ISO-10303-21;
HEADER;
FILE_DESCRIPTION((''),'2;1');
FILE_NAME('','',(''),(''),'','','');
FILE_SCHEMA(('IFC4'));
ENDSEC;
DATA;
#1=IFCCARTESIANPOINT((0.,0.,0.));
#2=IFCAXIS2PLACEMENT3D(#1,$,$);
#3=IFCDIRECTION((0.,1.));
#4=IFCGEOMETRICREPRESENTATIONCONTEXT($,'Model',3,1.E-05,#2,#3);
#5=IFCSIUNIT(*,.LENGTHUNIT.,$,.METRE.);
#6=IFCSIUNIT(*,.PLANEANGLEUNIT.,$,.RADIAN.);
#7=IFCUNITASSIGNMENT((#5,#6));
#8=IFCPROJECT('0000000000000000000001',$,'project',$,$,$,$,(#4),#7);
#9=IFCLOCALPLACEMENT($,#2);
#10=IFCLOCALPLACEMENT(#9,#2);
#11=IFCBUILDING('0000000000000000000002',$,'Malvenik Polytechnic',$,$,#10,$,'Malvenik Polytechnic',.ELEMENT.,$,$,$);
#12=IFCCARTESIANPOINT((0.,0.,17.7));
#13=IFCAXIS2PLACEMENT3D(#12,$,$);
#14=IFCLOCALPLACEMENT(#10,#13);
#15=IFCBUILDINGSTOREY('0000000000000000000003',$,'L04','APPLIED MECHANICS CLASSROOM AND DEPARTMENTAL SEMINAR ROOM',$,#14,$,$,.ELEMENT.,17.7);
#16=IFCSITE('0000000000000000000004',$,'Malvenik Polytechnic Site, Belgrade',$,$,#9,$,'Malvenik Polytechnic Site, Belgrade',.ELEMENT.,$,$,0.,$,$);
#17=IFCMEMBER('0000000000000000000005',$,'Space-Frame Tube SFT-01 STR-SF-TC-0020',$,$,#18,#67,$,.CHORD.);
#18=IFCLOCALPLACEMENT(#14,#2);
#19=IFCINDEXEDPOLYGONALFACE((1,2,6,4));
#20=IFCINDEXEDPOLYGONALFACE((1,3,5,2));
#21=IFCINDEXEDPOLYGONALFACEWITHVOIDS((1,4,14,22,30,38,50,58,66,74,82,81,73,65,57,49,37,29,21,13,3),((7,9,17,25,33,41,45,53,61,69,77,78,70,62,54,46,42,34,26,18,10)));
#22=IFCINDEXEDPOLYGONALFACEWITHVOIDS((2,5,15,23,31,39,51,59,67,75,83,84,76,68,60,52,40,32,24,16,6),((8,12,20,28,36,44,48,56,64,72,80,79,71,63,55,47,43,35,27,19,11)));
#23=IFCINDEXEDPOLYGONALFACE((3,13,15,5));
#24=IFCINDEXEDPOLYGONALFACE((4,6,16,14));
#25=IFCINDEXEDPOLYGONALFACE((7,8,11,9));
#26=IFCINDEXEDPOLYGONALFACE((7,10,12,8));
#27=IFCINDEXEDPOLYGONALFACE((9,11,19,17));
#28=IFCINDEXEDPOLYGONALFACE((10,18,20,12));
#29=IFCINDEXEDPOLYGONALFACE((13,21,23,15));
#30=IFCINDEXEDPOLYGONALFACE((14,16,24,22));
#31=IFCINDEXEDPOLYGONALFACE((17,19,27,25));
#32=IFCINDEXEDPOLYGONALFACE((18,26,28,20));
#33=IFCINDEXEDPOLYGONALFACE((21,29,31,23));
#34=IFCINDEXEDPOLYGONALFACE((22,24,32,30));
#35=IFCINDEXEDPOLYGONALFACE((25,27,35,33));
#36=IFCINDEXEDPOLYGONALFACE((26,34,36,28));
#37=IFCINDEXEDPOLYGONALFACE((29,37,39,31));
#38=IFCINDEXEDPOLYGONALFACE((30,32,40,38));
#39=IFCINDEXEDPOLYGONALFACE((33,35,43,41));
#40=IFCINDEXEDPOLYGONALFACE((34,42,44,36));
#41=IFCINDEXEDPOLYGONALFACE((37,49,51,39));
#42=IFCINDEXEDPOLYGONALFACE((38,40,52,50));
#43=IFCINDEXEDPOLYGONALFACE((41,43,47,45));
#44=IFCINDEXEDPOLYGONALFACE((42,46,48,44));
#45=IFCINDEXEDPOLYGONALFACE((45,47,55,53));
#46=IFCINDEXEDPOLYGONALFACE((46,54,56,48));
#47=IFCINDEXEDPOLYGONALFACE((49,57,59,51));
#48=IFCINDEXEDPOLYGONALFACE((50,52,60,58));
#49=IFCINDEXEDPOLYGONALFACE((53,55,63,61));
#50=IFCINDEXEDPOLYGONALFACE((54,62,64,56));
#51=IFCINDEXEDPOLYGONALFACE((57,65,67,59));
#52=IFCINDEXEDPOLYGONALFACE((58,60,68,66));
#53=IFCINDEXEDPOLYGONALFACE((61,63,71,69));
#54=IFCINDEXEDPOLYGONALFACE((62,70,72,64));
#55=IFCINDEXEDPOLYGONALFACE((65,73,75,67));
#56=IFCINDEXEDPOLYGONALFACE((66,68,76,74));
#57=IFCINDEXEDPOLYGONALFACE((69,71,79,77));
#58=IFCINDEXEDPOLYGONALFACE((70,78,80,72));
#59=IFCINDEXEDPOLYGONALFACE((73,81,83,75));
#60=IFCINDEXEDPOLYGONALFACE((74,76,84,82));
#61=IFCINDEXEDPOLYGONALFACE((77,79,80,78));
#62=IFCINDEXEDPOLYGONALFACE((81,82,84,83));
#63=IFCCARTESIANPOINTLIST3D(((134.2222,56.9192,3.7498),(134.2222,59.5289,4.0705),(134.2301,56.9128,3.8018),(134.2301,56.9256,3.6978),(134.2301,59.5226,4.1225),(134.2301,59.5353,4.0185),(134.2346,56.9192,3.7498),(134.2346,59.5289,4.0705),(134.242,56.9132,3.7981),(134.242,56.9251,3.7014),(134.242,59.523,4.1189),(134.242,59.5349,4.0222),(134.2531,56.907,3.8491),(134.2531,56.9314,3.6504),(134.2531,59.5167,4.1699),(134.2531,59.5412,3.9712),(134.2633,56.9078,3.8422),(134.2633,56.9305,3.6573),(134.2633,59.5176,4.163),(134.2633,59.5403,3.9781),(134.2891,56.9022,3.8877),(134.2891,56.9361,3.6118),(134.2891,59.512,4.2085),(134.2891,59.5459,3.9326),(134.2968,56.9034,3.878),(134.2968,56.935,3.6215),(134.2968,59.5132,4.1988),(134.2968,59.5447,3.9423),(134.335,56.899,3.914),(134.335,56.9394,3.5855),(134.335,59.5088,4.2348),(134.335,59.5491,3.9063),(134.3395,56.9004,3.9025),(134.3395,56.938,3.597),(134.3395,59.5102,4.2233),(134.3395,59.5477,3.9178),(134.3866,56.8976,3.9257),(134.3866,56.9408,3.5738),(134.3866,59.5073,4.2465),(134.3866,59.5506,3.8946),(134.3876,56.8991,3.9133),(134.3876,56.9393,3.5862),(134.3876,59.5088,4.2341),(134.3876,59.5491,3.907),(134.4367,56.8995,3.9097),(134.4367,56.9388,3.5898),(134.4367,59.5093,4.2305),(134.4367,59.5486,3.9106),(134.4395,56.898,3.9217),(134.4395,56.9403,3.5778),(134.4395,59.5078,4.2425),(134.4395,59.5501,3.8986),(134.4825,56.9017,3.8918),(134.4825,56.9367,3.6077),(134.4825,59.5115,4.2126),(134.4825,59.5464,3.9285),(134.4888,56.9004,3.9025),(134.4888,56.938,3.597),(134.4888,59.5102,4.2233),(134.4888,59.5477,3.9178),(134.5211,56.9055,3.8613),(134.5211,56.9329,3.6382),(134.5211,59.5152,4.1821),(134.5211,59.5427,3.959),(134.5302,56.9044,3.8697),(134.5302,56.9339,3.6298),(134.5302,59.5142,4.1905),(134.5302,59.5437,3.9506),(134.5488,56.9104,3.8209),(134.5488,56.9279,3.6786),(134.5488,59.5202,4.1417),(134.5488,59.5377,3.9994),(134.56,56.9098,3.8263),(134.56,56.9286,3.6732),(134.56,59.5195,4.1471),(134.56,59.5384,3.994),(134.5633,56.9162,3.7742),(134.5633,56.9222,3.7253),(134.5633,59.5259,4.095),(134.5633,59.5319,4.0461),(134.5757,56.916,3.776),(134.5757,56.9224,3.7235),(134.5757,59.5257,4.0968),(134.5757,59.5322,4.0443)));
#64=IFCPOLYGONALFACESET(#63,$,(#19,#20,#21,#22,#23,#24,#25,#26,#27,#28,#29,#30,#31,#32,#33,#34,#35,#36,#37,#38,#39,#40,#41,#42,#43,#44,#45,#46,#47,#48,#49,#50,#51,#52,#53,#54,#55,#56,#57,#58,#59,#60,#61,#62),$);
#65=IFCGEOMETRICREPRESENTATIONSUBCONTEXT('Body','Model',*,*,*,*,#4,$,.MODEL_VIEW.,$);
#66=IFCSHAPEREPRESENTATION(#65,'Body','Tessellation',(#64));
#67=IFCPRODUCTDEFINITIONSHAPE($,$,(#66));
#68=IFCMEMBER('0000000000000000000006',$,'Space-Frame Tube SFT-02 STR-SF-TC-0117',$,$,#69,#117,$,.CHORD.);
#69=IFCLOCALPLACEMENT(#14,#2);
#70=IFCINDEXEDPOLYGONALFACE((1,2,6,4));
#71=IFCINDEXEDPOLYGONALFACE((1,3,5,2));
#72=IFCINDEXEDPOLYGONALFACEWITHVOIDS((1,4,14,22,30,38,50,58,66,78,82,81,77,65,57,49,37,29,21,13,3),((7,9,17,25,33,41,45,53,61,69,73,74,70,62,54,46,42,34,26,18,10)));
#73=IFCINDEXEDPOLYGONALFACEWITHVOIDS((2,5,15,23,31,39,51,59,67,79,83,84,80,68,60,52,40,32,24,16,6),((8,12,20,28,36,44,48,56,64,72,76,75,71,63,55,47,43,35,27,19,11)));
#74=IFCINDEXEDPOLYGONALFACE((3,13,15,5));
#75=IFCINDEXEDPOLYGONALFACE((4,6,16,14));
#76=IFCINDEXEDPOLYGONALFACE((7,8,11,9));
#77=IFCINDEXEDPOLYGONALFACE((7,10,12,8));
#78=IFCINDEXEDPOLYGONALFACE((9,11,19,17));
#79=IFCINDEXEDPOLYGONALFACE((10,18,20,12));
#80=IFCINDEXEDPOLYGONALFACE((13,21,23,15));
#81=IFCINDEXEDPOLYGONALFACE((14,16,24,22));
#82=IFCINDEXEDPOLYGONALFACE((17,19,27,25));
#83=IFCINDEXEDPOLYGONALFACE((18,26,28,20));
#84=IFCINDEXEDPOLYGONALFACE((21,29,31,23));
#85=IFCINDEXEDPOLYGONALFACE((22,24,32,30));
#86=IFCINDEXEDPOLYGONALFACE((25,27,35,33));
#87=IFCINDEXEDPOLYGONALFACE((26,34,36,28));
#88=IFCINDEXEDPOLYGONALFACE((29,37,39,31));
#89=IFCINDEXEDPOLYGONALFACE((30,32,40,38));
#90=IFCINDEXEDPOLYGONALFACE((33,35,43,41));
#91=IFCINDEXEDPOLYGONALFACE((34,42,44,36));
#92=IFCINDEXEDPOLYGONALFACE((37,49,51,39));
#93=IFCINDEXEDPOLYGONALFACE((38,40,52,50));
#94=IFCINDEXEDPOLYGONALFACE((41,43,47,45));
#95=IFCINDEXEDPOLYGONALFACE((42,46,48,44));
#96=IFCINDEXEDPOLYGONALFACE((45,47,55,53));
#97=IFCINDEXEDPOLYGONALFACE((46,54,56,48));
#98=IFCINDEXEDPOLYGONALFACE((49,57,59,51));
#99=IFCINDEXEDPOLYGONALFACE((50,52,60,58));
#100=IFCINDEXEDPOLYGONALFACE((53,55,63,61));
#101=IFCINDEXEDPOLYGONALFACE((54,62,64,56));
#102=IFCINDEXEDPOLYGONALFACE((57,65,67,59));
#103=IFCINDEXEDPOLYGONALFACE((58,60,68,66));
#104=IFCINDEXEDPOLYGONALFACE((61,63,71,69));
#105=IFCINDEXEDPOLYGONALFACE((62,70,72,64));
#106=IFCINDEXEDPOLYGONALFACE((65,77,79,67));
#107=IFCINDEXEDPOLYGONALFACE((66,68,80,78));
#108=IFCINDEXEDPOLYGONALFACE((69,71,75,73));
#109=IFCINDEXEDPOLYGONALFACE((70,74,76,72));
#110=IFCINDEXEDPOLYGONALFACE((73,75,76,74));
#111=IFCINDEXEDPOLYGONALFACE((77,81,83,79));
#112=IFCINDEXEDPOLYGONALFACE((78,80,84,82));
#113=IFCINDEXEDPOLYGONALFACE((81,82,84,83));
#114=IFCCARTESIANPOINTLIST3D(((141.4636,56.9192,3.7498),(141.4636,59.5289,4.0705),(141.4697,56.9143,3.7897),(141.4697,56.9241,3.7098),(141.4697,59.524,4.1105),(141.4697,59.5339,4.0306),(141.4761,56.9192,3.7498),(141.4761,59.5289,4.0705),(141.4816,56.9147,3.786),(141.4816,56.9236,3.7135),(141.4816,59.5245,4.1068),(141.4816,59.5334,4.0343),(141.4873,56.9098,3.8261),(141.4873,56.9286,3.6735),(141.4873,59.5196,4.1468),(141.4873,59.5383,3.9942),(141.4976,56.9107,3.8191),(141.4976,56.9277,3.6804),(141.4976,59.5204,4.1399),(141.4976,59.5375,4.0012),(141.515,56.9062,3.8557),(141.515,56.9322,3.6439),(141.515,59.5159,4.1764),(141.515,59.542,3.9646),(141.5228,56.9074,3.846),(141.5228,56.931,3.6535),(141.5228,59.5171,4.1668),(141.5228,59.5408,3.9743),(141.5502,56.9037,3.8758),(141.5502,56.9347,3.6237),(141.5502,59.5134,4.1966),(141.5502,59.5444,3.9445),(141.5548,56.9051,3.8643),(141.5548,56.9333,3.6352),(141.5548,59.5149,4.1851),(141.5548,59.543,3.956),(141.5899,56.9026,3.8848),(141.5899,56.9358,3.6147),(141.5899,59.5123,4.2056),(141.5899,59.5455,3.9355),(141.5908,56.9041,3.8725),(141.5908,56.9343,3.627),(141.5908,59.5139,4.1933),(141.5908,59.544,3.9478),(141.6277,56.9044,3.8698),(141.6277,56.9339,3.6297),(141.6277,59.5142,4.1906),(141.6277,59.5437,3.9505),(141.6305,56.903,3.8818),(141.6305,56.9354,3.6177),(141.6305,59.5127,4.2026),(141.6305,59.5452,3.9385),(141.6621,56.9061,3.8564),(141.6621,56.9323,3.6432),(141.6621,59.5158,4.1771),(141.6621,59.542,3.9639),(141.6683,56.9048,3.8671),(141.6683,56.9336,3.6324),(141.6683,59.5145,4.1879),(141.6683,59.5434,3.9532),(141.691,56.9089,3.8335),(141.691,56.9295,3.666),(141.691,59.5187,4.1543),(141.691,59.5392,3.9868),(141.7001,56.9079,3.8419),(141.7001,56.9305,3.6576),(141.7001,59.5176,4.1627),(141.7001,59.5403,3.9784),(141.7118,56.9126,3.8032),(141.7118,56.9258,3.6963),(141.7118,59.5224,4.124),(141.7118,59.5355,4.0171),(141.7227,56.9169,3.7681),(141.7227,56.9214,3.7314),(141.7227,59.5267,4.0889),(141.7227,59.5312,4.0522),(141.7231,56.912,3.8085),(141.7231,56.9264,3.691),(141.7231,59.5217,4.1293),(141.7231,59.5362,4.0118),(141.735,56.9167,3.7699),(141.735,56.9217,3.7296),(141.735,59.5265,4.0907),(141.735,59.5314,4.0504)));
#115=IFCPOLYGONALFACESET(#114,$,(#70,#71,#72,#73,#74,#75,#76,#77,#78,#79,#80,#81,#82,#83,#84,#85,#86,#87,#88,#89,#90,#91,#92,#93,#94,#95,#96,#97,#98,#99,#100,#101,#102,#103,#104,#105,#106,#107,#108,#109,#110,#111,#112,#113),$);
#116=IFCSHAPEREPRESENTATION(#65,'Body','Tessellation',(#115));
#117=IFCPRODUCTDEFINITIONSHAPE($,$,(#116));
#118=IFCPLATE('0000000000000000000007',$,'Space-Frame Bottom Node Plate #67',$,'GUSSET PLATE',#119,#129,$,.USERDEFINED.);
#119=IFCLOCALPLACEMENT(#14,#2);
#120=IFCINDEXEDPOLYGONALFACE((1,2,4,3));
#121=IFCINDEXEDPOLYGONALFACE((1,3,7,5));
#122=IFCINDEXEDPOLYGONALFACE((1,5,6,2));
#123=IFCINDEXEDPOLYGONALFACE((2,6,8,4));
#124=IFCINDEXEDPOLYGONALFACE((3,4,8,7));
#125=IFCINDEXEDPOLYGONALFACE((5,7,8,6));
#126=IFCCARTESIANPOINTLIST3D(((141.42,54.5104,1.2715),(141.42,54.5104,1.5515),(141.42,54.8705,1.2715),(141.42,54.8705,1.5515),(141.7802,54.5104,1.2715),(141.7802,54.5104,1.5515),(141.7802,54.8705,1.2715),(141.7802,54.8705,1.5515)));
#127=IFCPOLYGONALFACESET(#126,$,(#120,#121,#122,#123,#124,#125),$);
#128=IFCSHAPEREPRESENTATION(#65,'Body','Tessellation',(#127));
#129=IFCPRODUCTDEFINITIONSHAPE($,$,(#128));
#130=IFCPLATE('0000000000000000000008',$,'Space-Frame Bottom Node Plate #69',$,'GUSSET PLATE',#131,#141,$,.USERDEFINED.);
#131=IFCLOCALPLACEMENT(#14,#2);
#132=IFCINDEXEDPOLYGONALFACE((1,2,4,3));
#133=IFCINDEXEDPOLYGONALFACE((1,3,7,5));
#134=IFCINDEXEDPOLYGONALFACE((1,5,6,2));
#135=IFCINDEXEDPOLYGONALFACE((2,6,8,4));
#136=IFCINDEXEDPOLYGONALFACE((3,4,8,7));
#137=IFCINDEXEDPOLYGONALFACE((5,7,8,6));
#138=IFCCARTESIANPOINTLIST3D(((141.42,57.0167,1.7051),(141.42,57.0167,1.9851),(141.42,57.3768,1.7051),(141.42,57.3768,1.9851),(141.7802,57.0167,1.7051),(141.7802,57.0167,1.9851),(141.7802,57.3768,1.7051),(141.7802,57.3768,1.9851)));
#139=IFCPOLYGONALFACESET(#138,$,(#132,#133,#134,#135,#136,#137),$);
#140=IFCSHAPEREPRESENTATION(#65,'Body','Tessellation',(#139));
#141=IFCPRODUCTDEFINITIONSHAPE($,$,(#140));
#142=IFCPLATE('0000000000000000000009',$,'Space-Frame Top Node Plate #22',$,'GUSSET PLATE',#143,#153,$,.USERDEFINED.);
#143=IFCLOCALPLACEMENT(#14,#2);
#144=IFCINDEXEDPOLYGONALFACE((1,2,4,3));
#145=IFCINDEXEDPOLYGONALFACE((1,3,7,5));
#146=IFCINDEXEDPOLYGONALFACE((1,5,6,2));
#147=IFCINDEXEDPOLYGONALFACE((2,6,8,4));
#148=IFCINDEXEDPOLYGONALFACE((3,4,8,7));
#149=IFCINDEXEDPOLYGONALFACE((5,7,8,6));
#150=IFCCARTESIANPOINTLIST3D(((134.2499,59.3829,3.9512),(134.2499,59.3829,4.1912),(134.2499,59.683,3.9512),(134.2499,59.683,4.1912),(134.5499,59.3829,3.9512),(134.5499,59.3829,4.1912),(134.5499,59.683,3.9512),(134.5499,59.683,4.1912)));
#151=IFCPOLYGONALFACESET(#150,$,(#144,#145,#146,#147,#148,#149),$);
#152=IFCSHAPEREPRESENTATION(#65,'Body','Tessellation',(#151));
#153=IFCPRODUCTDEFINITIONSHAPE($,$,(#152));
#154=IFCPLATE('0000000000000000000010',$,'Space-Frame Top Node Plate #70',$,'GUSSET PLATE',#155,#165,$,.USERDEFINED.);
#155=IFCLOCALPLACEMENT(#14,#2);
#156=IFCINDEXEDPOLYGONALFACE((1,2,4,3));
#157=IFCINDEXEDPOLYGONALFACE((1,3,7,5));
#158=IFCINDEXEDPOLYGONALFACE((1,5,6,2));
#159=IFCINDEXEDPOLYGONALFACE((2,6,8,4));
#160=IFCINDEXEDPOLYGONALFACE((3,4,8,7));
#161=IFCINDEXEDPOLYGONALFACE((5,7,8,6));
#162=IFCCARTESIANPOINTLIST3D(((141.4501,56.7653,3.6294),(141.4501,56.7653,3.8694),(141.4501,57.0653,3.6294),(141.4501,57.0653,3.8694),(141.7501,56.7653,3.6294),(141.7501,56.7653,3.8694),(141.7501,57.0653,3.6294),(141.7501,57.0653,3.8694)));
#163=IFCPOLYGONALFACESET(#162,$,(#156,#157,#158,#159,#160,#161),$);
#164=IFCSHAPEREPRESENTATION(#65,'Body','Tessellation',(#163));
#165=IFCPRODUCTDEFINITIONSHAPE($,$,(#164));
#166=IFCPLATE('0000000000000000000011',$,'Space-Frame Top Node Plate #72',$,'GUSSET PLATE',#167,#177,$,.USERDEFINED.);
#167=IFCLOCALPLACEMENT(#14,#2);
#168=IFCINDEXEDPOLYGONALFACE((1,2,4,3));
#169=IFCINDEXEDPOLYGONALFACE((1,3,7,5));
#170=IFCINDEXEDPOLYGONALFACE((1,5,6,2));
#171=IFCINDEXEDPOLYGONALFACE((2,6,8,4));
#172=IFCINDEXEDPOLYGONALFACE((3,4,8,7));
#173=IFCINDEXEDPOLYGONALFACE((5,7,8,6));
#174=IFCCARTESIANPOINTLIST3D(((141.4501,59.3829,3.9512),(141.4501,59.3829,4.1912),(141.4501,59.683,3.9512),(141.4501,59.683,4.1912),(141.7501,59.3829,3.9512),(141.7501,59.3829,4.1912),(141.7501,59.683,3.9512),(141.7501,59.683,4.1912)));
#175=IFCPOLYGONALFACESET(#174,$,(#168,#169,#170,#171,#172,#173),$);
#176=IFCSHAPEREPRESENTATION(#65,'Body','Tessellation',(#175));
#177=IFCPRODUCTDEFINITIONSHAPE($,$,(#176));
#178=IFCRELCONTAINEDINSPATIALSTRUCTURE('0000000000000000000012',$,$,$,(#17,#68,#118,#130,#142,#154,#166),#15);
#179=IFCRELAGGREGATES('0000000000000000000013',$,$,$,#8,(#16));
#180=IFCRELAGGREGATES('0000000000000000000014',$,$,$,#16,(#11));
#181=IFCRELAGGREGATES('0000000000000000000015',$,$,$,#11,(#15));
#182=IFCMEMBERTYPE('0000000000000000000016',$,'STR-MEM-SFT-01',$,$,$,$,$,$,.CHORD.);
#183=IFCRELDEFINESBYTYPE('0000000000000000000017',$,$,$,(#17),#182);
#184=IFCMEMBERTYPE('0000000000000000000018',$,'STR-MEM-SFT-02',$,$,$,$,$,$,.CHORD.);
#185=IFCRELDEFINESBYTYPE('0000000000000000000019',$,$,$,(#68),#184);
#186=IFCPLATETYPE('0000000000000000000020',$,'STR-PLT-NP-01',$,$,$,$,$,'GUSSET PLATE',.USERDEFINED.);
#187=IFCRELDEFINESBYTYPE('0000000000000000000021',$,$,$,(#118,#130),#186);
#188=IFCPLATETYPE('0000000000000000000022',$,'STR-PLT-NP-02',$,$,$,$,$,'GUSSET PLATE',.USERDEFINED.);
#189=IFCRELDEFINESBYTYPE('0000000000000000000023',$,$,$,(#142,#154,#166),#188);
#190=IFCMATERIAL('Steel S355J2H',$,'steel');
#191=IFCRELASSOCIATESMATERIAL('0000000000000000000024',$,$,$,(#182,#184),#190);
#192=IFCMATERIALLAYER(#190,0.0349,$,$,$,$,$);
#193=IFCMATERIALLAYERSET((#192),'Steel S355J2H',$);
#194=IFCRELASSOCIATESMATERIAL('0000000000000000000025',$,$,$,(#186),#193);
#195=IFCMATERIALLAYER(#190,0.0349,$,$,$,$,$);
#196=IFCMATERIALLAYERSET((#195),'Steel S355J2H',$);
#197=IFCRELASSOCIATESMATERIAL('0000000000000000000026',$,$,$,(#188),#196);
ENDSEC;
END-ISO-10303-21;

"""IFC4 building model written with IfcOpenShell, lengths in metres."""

from ifc_helpers import new_model, si_unit, direction, frame, origin, origin_2d, place, context, subcontext, project, spatial, rectangle, hollow_circle, extrude, material, layer, layer_set, material_profile, profile_set, type_object, element, save


model = new_model("IFC4")

# Units and contexts
model_context = context("Model", 3, precision=1e-05, world=origin(), true_north=direction((0.0, 1.0)))
body_context = subcontext(model_context, "Body", "Model", "MODEL_VIEW")
ifc_project = project(units=[si_unit("LENGTHUNIT", "METRE"), si_unit("PLANEANGLEUNIT", "RADIAN")], contexts=[model_context])

# Site, building, storey
site_placement = place(None, origin())
site = spatial("IfcSite", under=ifc_project, at=site_placement, Name="Malvenik Polytechnic Site, Belgrade", LongName="Malvenik Polytechnic Site, Belgrade", CompositionType="ELEMENT", RefElevation=0.0)
building_placement = place(site_placement, origin())
building = spatial("IfcBuilding", under=site, at=building_placement, Name="Malvenik Polytechnic", LongName="Malvenik Polytechnic", CompositionType="ELEMENT")
storey_placement = place(building_placement, frame((0.0, 0.0, 17.7)))
storey = spatial("IfcBuildingStorey", under=building, at=storey_placement, Name="L04", Description="APPLIED MECHANICS CLASSROOM AND DEPARTMENTAL SEMINAR ROOM", CompositionType="ELEMENT", Elevation=17.7)

# Members
ifc_material_1 = material(Name="Steel S355J2H", Category="steel")
ifc_material_profile_1 = material_profile(ifc_material_1, hollow_circle(Radius=0.1777, WallThickness=0.0125, at=origin_2d()), Name="CHS 355.6x12.5")
ifc_profile_set_1 = profile_set([ifc_material_profile_1], Name="Steel S355J2H")
member_type_1 = type_object("IfcMemberType", Name="STR-MEM-SFT-01", PredefinedType="CHORD", material=ifc_profile_set_1)
member_1_placement = place(storey_placement, frame((134.3999, 56.9192, 3.7498), z_axis=(0.0, 0.99253, 0.122), x_axis=(-1.0, 0.0, 0.0)))
element("IfcMember", 1, at=member_1_placement, inside=storey, type_object=member_type_1, Name="Space-Frame Tube SFT-01 STR-SF-TC-0020", PredefinedType="CHORD", context=body_context, shape_type="SweptSolid", body=[
    extrude(hollow_circle(Radius=0.1777, WallThickness=0.0125, at=origin_2d()), origin(), (0.0, 0.0, 1.0), 2.6294),
])
ifc_material_profile_2 = material_profile(ifc_material_1, hollow_circle(Radius=0.1365, WallThickness=0.0125, at=origin_2d()), Name="CHS 273.0x12.5")
ifc_profile_set_2 = profile_set([ifc_material_profile_2], Name="Steel S355J2H")
member_type_2 = type_object("IfcMemberType", Name="STR-MEM-SFT-02", PredefinedType="CHORD", material=ifc_profile_set_2)
member_2_placement = place(storey_placement, frame((141.6001, 56.9192, 3.7498), z_axis=(0.0, 0.99253, 0.122), x_axis=(-1.0, 0.0, 0.0)))
element("IfcMember", 2, at=member_2_placement, inside=storey, type_object=member_type_2, Name="Space-Frame Tube SFT-02 STR-SF-TC-0117", PredefinedType="CHORD", context=body_context, shape_type="SweptSolid", body=[
    extrude(hollow_circle(Radius=0.1365, WallThickness=0.0125, at=origin_2d()), origin(), (0.0, 0.0, 1.0), 2.6294),
])

# Plates
ifc_layer_1 = layer(ifc_material_1, 0.0349)
ifc_layer_set_1 = layer_set([ifc_layer_1], Name="Steel S355J2H")
plate_type_1 = type_object("IfcPlateType", Name="STR-PLT-NP-01", ElementType="GUSSET PLATE", PredefinedType="USERDEFINED", material=ifc_layer_set_1)
for number, where, z_axis, x_axis, name in (
    (3, (141.6001, 54.6904, 1.2715), (0.0, 0.0, 1.0), (1.0, 0.0, 0.0), "Space-Frame Bottom Node Plate #67"),
    (4, (141.6001, 57.1968, 1.7051), (0.0, 0.0, 1.0), (1.0, 0.0, 0.0), "Space-Frame Bottom Node Plate #69"),
):
    element("IfcPlate", number, at=place(storey_placement, frame(where, z_axis=z_axis, x_axis=x_axis)), inside=storey, type_object=plate_type_1, Name=name, ObjectType="GUSSET PLATE", PredefinedType="USERDEFINED", context=body_context, shape_type="SweptSolid", body=[
        extrude(rectangle(XDim=0.3601, YDim=0.3601, at=origin_2d()), origin(), (0.0, 0.0, 1.0), 0.28),
    ])
ifc_layer_2 = layer(ifc_material_1, 0.0349)
ifc_layer_set_2 = layer_set([ifc_layer_2], Name="Steel S355J2H")
plate_type_2 = type_object("IfcPlateType", Name="STR-PLT-NP-02", ElementType="GUSSET PLATE", PredefinedType="USERDEFINED", material=ifc_layer_set_2)
for number, where, z_axis, x_axis, name in (
    (5, (134.3999, 59.533, 3.9512), (0.0, 0.0, 1.0), (1.0, 0.0, 0.0), "Space-Frame Top Node Plate #22"),
    (6, (141.6001, 56.9153, 3.6294), (0.0, 0.0, 1.0), (1.0, 0.0, 0.0), "Space-Frame Top Node Plate #70"),
    (7, (141.6001, 59.533, 3.9512), (0.0, 0.0, 1.0), (1.0, 0.0, 0.0), "Space-Frame Top Node Plate #72"),
):
    element("IfcPlate", number, at=place(storey_placement, frame(where, z_axis=z_axis, x_axis=x_axis)), inside=storey, type_object=plate_type_2, Name=name, ObjectType="GUSSET PLATE", PredefinedType="USERDEFINED", context=body_context, shape_type="SweptSolid", body=[
        extrude(rectangle(XDim=0.3, YDim=0.3, at=origin_2d()), origin(), (0.0, 0.0, 1.0), 0.24),
    ])

save(model, "model.ifc")
